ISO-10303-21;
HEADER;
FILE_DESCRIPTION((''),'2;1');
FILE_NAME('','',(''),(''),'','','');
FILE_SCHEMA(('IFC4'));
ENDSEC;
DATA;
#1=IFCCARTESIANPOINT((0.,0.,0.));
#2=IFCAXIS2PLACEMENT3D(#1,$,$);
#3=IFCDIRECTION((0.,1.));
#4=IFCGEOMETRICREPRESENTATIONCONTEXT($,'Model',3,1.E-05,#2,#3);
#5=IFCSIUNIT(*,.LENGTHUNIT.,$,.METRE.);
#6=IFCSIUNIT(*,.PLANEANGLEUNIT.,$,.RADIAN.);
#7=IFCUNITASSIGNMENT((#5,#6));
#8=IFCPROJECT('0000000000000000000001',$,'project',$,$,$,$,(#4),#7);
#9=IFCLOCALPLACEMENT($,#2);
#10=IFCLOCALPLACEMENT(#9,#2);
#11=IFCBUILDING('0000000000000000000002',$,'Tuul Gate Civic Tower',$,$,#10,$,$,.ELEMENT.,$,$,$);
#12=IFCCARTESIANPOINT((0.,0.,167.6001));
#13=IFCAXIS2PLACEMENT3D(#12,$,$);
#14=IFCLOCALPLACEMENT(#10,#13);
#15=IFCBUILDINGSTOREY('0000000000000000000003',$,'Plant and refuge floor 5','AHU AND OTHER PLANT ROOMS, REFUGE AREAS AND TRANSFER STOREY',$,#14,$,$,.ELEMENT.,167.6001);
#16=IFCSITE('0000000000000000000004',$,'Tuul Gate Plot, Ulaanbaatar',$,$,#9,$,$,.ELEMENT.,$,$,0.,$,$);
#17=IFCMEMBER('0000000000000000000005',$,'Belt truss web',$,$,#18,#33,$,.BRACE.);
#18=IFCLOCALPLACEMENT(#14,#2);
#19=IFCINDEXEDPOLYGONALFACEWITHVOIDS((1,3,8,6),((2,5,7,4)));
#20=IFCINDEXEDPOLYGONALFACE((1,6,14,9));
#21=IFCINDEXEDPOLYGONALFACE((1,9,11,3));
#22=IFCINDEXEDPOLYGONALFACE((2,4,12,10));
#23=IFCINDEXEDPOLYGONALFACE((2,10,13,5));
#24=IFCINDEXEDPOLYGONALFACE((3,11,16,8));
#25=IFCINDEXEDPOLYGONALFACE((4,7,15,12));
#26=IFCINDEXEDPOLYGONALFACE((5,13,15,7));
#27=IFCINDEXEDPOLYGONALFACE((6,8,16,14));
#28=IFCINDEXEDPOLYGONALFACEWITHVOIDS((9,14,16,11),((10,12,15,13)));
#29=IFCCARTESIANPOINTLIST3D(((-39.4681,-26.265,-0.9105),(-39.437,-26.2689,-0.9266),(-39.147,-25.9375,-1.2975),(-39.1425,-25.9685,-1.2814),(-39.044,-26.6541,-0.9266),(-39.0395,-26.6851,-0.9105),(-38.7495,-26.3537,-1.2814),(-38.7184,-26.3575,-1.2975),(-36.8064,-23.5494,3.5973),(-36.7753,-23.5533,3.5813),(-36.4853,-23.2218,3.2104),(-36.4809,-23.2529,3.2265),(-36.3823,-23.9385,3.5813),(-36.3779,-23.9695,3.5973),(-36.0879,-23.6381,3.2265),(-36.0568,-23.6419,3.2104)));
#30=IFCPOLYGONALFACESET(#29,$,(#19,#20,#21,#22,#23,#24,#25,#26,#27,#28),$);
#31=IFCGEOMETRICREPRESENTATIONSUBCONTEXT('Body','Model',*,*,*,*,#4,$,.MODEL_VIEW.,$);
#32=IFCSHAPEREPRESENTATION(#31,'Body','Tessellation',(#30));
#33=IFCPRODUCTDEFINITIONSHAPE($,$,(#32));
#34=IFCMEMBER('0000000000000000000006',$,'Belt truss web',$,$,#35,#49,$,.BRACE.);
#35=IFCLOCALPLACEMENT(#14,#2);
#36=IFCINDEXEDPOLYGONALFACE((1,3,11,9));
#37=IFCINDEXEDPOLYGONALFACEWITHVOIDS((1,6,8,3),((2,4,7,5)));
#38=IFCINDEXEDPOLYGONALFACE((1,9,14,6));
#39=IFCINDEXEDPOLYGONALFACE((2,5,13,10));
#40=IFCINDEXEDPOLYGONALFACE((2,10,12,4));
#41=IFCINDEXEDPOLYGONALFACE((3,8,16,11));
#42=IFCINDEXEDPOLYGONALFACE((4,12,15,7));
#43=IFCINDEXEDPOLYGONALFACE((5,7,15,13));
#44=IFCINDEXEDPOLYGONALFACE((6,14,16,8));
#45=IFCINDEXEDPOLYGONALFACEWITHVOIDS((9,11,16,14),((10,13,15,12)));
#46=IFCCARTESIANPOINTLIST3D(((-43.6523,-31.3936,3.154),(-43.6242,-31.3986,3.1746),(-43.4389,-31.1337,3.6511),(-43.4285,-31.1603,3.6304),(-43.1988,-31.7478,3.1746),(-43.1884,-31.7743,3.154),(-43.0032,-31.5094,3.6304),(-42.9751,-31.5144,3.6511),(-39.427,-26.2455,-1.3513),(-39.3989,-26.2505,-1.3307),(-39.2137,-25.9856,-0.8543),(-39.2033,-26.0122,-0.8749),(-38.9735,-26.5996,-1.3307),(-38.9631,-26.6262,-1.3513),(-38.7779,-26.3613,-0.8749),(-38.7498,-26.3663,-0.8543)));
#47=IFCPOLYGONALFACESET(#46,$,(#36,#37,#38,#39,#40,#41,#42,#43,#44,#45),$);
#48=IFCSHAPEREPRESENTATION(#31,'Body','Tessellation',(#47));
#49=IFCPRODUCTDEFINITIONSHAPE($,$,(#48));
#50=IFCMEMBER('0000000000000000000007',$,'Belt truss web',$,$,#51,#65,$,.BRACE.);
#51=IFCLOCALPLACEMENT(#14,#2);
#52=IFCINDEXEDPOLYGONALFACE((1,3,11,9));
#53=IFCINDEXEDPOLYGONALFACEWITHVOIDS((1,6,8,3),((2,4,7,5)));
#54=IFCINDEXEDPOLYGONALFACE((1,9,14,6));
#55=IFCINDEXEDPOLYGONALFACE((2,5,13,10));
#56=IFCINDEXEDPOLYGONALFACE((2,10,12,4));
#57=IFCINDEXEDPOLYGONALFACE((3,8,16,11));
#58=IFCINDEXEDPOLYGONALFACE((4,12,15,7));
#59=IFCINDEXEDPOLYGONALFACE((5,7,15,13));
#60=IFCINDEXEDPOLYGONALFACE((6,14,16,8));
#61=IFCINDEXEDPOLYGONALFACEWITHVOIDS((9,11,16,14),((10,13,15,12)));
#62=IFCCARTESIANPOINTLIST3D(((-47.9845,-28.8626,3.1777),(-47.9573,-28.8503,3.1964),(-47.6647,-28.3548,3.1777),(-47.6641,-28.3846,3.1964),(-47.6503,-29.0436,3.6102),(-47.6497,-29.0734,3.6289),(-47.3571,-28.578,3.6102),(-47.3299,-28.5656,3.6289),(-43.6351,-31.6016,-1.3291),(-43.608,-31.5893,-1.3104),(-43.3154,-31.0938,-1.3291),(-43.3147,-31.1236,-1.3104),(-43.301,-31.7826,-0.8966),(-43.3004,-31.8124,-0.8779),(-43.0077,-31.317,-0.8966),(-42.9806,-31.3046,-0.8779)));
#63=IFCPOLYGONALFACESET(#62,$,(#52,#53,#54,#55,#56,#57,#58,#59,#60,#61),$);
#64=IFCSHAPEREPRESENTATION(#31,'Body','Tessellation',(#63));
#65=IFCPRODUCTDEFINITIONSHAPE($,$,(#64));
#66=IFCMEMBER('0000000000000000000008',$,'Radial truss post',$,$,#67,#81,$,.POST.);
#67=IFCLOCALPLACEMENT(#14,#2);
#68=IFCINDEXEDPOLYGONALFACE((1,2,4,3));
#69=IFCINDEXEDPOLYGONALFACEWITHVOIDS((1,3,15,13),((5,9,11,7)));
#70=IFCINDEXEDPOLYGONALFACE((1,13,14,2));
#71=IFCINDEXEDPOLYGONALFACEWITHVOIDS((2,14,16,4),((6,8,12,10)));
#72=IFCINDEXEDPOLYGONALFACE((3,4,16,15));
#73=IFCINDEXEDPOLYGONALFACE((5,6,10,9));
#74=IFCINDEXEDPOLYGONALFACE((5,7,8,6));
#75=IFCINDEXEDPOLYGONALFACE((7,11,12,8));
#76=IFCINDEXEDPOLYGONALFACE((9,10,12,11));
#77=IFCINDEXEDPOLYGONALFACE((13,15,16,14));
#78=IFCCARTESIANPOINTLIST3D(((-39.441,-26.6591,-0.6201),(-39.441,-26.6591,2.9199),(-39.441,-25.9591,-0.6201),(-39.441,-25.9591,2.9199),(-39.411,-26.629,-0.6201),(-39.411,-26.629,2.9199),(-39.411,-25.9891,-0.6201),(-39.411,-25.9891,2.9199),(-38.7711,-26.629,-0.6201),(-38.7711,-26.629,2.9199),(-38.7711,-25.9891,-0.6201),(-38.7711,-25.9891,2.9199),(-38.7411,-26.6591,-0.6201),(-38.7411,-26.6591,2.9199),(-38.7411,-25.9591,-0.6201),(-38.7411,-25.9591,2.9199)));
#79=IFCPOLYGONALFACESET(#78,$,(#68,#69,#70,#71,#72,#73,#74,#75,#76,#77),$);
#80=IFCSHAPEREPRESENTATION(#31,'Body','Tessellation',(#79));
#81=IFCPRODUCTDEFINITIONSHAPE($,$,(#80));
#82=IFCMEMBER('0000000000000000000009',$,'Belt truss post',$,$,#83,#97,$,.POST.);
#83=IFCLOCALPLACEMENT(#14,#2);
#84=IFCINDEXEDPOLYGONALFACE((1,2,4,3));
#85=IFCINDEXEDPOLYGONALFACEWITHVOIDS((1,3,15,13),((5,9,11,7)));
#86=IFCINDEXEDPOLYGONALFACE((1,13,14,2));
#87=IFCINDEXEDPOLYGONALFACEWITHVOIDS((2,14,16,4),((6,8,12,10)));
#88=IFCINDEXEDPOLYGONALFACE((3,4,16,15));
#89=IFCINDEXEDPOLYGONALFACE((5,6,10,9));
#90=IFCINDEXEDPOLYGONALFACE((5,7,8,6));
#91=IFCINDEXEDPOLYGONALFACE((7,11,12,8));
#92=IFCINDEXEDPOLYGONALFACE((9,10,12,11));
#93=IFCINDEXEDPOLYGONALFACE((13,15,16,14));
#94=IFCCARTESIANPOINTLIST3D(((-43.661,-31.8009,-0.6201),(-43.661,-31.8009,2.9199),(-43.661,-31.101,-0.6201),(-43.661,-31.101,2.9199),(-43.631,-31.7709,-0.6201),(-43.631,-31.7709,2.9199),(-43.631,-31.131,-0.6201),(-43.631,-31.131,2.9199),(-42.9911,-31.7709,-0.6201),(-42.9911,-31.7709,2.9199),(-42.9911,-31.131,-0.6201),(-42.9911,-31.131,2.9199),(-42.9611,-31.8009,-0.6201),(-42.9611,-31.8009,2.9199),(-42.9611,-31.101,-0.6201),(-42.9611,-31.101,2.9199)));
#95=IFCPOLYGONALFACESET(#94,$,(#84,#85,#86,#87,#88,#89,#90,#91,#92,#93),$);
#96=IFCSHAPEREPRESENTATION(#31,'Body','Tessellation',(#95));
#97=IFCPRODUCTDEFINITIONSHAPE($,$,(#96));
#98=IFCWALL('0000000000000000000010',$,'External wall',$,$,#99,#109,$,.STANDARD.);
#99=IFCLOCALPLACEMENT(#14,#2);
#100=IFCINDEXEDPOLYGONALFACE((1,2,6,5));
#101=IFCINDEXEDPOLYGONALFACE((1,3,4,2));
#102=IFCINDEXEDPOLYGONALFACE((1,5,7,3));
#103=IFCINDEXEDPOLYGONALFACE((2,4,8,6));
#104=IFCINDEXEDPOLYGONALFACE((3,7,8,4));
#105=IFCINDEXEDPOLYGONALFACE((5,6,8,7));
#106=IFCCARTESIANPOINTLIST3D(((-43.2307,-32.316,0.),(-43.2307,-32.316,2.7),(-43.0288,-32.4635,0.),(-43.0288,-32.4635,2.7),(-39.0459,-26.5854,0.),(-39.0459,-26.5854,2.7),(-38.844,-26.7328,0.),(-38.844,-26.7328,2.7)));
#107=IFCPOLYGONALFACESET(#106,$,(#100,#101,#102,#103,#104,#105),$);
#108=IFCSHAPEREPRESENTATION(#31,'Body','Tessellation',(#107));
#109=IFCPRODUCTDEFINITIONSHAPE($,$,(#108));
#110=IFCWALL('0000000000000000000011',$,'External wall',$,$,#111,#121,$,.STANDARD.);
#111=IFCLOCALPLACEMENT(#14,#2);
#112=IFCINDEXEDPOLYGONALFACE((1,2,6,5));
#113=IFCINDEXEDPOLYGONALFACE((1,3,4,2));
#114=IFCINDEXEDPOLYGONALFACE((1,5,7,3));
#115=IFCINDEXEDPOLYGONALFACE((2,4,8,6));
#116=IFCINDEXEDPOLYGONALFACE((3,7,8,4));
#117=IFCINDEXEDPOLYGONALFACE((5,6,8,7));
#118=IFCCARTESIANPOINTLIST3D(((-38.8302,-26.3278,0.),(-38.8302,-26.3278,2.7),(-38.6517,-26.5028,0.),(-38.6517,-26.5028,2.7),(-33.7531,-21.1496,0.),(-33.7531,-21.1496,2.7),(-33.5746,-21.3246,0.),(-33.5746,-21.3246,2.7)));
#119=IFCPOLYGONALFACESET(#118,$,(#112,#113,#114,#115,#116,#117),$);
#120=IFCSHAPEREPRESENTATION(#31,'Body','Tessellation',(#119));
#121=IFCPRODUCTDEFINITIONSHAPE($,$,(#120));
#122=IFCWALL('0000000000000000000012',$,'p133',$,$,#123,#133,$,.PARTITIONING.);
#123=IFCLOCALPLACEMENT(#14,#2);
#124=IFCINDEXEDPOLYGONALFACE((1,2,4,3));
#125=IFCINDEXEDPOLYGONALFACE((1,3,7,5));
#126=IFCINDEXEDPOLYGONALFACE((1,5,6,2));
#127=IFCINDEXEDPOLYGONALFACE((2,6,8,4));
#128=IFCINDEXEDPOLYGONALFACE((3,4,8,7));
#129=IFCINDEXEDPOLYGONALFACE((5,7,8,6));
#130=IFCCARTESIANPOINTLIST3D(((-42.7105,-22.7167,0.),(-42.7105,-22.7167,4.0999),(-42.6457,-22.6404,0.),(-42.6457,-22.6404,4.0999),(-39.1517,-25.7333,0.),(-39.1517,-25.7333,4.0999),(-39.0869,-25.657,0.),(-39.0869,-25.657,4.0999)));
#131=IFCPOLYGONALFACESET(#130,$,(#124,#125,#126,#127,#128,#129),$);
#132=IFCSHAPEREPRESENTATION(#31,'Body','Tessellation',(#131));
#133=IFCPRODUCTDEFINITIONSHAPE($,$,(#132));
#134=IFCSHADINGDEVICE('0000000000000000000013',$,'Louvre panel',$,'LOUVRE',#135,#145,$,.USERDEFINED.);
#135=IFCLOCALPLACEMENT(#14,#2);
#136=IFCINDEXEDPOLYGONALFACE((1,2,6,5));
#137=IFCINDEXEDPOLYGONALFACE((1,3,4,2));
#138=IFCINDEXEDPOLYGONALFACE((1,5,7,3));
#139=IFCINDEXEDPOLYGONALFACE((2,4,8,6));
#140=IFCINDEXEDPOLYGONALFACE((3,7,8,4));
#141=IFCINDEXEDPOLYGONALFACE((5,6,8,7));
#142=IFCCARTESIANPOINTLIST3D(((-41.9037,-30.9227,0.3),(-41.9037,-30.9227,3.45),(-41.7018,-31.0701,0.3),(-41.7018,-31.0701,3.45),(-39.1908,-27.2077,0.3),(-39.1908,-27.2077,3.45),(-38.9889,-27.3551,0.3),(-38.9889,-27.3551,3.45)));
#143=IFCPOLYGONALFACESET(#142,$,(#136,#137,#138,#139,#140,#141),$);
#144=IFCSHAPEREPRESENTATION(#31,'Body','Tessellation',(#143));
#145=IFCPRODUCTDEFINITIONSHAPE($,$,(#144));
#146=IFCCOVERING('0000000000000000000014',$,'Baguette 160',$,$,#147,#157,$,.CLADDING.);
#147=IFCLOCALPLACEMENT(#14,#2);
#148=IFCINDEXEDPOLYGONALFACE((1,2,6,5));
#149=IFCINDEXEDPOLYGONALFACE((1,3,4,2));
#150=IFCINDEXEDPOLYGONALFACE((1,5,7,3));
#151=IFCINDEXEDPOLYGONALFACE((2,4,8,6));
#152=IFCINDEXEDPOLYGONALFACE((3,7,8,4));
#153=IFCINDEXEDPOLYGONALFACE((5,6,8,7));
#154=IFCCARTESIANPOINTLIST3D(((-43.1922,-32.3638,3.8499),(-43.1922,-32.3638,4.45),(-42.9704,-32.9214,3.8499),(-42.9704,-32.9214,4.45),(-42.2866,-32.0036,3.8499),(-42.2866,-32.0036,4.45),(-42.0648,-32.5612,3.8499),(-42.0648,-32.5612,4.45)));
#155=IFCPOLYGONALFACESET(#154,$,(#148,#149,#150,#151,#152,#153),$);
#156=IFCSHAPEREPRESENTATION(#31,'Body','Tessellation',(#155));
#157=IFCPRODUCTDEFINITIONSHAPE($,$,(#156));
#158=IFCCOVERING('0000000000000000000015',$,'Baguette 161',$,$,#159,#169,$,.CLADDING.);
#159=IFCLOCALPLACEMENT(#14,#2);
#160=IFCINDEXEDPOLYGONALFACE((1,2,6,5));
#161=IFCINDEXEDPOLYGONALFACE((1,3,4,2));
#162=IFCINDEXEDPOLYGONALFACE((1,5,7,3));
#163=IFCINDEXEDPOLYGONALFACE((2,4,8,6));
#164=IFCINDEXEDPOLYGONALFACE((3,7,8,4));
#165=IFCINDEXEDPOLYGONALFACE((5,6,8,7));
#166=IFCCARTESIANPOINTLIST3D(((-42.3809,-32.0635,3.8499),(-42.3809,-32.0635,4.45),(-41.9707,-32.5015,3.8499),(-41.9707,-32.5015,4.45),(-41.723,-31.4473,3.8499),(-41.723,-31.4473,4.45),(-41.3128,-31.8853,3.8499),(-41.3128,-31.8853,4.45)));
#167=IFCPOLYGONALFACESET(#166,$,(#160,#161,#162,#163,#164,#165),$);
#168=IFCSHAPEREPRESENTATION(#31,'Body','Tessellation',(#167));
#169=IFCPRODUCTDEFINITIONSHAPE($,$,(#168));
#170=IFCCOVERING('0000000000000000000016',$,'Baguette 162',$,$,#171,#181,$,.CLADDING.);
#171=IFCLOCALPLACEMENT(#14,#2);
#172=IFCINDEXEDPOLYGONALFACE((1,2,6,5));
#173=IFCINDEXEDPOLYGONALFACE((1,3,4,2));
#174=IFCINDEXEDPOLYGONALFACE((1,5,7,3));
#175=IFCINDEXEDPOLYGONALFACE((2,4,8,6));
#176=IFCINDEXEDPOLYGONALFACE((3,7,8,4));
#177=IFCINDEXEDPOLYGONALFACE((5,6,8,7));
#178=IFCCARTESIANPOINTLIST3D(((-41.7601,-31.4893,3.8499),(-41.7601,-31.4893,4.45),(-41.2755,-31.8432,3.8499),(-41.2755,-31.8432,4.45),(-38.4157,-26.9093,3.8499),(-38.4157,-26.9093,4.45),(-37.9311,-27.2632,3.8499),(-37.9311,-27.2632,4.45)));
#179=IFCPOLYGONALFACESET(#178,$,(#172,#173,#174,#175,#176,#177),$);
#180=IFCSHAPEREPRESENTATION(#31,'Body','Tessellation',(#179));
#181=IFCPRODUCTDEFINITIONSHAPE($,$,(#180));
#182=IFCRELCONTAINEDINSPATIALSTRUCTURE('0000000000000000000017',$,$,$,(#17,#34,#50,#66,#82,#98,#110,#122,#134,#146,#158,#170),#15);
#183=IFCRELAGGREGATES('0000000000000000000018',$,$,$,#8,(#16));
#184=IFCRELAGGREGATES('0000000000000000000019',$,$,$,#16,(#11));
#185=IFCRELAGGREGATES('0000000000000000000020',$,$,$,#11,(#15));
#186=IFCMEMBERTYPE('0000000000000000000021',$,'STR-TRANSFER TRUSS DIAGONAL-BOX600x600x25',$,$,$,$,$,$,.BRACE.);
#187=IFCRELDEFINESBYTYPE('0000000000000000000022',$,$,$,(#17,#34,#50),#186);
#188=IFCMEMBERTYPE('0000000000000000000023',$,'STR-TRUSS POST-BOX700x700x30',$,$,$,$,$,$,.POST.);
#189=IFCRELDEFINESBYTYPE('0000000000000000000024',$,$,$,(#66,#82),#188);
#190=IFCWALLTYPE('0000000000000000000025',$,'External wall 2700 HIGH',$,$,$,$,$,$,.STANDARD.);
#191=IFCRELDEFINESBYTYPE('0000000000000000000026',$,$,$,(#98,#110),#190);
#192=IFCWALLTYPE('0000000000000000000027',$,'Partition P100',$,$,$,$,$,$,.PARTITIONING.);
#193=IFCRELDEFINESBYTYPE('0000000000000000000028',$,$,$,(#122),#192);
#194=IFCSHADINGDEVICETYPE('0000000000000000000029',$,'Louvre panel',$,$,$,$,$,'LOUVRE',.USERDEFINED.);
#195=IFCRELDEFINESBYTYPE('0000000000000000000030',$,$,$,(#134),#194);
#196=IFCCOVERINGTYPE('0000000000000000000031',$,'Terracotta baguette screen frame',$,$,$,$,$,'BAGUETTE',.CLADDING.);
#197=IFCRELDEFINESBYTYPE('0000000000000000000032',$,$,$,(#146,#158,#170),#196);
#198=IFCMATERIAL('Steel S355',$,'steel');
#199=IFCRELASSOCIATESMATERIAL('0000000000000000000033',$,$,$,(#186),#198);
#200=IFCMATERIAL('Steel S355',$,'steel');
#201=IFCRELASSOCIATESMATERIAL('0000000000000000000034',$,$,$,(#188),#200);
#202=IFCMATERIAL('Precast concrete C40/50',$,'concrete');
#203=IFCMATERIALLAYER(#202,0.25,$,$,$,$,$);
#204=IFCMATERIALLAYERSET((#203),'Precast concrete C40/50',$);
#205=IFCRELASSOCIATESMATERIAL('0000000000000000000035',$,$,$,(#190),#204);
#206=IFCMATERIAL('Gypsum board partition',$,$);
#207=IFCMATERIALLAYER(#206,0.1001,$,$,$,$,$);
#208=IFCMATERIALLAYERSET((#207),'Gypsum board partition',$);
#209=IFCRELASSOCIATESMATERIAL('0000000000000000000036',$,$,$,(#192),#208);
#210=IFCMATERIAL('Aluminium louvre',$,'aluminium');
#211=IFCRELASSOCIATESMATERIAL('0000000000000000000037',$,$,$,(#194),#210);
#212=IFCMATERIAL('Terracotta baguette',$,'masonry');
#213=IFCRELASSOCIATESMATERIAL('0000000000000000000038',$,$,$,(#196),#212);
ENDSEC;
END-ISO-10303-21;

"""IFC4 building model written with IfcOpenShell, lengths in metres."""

from ifc_helpers import new_model, si_unit, direction, frame, frame_2d, origin, origin_2d, place, context, subcontext, project, spatial, rectangle, hollow_rectangle, extrude, material, layer, layer_set, material_profile, profile_set, type_object, element, save


model = new_model("IFC4")

# Units and contexts
model_context = context("Model", 3, precision=1e-05, world=origin(), true_north=direction((0.0, 1.0)))
body_context = subcontext(model_context, "Body", "Model", "MODEL_VIEW")
ifc_project = project(units=[si_unit("LENGTHUNIT", "METRE"), si_unit("PLANEANGLEUNIT", "RADIAN")], contexts=[model_context])

# Site, building, storey
site_placement = place(None, origin())
site = spatial("IfcSite", under=ifc_project, at=site_placement, Name="Tuul Gate Plot, Ulaanbaatar", CompositionType="ELEMENT", RefElevation=0.0)
building_placement = place(site_placement, origin())
building = spatial("IfcBuilding", under=site, at=building_placement, Name="Tuul Gate Civic Tower", CompositionType="ELEMENT")
storey_placement = place(building_placement, frame((0.0, 0.0, 167.6001)))
storey = spatial("IfcBuildingStorey", under=building, at=storey_placement, Name="Plant and refuge floor 5", Description="AHU AND OTHER PLANT ROOMS, REFUGE AREAS AND TRANSFER STOREY", CompositionType="ELEMENT", Elevation=167.6001)

# Members
ifc_material_1 = material(Name="Steel S355", Category="steel")
ifc_material_profile_1 = material_profile(ifc_material_1, hollow_rectangle(XDim=0.6001, YDim=0.6001, WallThickness=0.0249, at=origin_2d()), Name="BOX600x600x25")
ifc_profile_set_1 = profile_set([ifc_material_profile_1], Name="Steel S355")
member_type_1 = type_object("IfcMemberType", Name="STR-TRANSFER TRUSS DIAGONAL-BOX600x600x25", PredefinedType="BRACE", material=ifc_profile_set_1)
member_1_placement = place(storey_placement, frame((-39.0933, -26.3113, -1.104), z_axis=(0.451324, 0.460473, 0.764377), x_axis=(-0.714166, 0.699976, 0.0)))
element("IfcMember", 1, at=member_1_placement, inside=storey, type_object=member_type_1, Name="Belt truss web", PredefinedType="BRACE", context=body_context, shape_type="SweptSolid", body=[
    extrude(hollow_rectangle(XDim=0.6001, YDim=0.6001, WallThickness=0.0249, at=origin_2d()), origin(), (0.0, 0.0, 1.0), 5.8975),
])
member_2_placement = place(storey_placement, frame((-39.0884, -26.3059, -1.1028), z_axis=(-0.525482, -0.640252, 0.560308), x_axis=(0.772986, -0.634423, 0.0)))
element("IfcMember", 2, at=member_2_placement, inside=storey, type_object=member_type_1, Name="Belt truss web", PredefinedType="BRACE", context=body_context, shape_type="SweptSolid", body=[
    extrude(hollow_rectangle(XDim=0.6001, YDim=0.6001, WallThickness=0.0249, at=origin_2d()), origin(), (0.0, 0.0, 1.0), 8.0408),
])
member_3_placement = place(storey_placement, frame((-43.3079, -31.4531, -1.1035), z_axis=(-0.636245, 0.400676, 0.659281), x_axis=(-0.532886, -0.846187, 0.0)))
element("IfcMember", 3, at=member_3_placement, inside=storey, type_object=member_type_1, Name="Belt truss web", PredefinedType="BRACE", context=body_context, shape_type="SweptSolid", body=[
    extrude(hollow_rectangle(XDim=0.6001, YDim=0.6001, WallThickness=0.0249, at=origin_2d()), origin(), (0.0, 0.0, 1.0), 6.8359),
])
ifc_material_2 = material(Name="Steel S355", Category="steel")
ifc_material_profile_2 = material_profile(ifc_material_2, hollow_rectangle(XDim=0.7, YDim=0.7, WallThickness=0.03, at=origin_2d()), Name="BOX700x700x30")
ifc_profile_set_2 = profile_set([ifc_material_profile_2], Name="Steel S355")
member_type_2 = type_object("IfcMemberType", Name="STR-TRUSS POST-BOX700x700x30", PredefinedType="POST", material=ifc_profile_set_2)
for number, where, z_axis, x_axis, name in (
    (4, (-39.0911, -26.3091, -0.6201), (0.0, 0.0, 1.0), (1.0, 0.0, 0.0), "Radial truss post"),
    (5, (-43.311, -31.4509, -0.6201), (0.0, 0.0, 1.0), (1.0, 0.0, 0.0), "Belt truss post"),
):
    element("IfcMember", number, at=place(storey_placement, frame(where, z_axis=z_axis, x_axis=x_axis)), inside=storey, type_object=member_type_2, Name=name, PredefinedType="POST", context=body_context, shape_type="SweptSolid", body=[
        extrude(hollow_rectangle(XDim=0.7, YDim=0.7, WallThickness=0.03, at=origin_2d()), origin(), (0.0, 0.0, 1.0), 3.54),
    ])

# Walls
ifc_material_3 = material(Name="Precast concrete C40/50", Category="concrete")
ifc_layer_1 = layer(ifc_material_3, 0.25)
ifc_layer_set_1 = layer_set([ifc_layer_1], Name="Precast concrete C40/50")
wall_type_1 = type_object("IfcWallType", Name="External wall 2700 HIGH", PredefinedType="STANDARD", material=ifc_layer_set_1)
wall_1_placement = place(storey_placement, frame((-43.1296, -32.3896, 0.0), z_axis=(0.0, 0.0, 1.0), x_axis=(0.58974, 0.807593, 0.0)))
element("IfcWall", 6, at=wall_1_placement, inside=storey, type_object=wall_type_1, Name="External wall", PredefinedType="STANDARD", context=body_context, shape_type="SweptSolid", body=[
    extrude(rectangle(XDim=7.0959, YDim=0.25, at=frame_2d((3.5479, 0.0))), origin(), (0.0, 0.0, 1.0), 2.7),
])
wall_2_placement = place(storey_placement, frame((-38.741, -26.4153, 0.0), z_axis=(0.0, 0.0, 1.0), x_axis=(0.700104, 0.714041, 0.0)))
element("IfcWall", 7, at=wall_2_placement, inside=storey, type_object=wall_type_1, Name="External wall", PredefinedType="STANDARD", context=body_context, shape_type="SweptSolid", body=[
    extrude(rectangle(XDim=7.252, YDim=0.25, at=frame_2d((3.626, 0.0))), origin(), (0.0, 0.0, 1.0), 2.7),
])
ifc_material_4 = material(Name="Gypsum board partition")
ifc_layer_2 = layer(ifc_material_4, 0.1001)
ifc_layer_set_2 = layer_set([ifc_layer_2], Name="Gypsum board partition")
wall_type_2 = type_object("IfcWallType", Name="Partition P100", PredefinedType="PARTITIONING", material=ifc_layer_set_2)
wall_3_placement = place(storey_placement, frame((-39.1194, -25.6951, 0.0), z_axis=(0.0, 0.0, 1.0), x_axis=(-0.762828, 0.646601, 0.0)))
element("IfcWall", 8, at=wall_3_placement, inside=storey, type_object=wall_type_2, Name="p133", PredefinedType="PARTITIONING", context=body_context, shape_type="SweptSolid", body=[
    extrude(rectangle(XDim=4.6653, YDim=0.1001, at=frame_2d((2.3325, 0.0))), origin(), (0.0, 0.0, 1.0), 4.0999),
])

# Shading device
ifc_material_5 = material(Name="Aluminium louvre", Category="aluminium")
shading_device_type = type_object("IfcShadingDeviceType", Name="Louvre panel", ElementType="LOUVRE", PredefinedType="USERDEFINED", material=ifc_material_5)
shading_device_placement = place(storey_placement, frame((-40.4463, -29.1389, 0.3), z_axis=(0.0, 0.0, 1.0), x_axis=(0.807595, -0.589737, 0.0)))
element("IfcShadingDevice", 9, at=shading_device_placement, inside=storey, type_object=shading_device_type, Name="Louvre panel", ObjectType="LOUVRE", PredefinedType="USERDEFINED", context=body_context, shape_type="SweptSolid", body=[
    extrude(rectangle(XDim=0.25, YDim=4.6001, at=origin_2d()), origin(), (0.0, 0.0, 1.0), 3.1499),
])

# Coverings
ifc_material_6 = material(Name="Terracotta baguette", Category="masonry")
ifc_material_profile_3 = material_profile(ifc_material_6, rectangle(XDim=0.6001, YDim=0.6001, at=origin_2d()), Name="Terracotta baguette screen frame")
ifc_profile_set_3 = profile_set([ifc_material_profile_3], Name="Terracotta baguette")
covering_type = type_object("IfcCoveringType", Name="Terracotta baguette screen frame", ElementType="BAGUETTE", PredefinedType="CLADDING", material=ifc_profile_set_3)
covering_1_placement = place(storey_placement, frame((-43.0813, -32.6426, 4.1499), z_axis=(0.929218, 0.369533, 0.0), x_axis=(-0.369533, 0.929218, 0.0)))
element("IfcCovering", 10, at=covering_1_placement, inside=storey, type_object=covering_type, Name="Baguette 160", PredefinedType="CLADDING", context=body_context, shape_type="SweptSolid", body=[
    extrude(rectangle(XDim=0.6001, YDim=0.6001, at=origin_2d()), origin(), (0.0, 0.0, 1.0), 0.9746),
])
covering_2_placement = place(storey_placement, frame((-42.1758, -32.2825, 4.1499), z_axis=(0.729883, 0.683572, 0.0), x_axis=(-0.683572, 0.729883, 0.0)))
element("IfcCovering", 11, at=covering_2_placement, inside=storey, type_object=covering_type, Name="Baguette 161", PredefinedType="CLADDING", context=body_context, shape_type="SweptSolid", body=[
    extrude(rectangle(XDim=0.6001, YDim=0.6001, at=origin_2d()), origin(), (0.0, 0.0, 1.0), 0.9014),
])
covering_3_placement = place(storey_placement, frame((-41.5178, -31.6663, 4.1499), z_axis=(0.589729, 0.807601, 0.0), x_axis=(-0.807601, 0.589729, 0.0)))
element("IfcCovering", 12, at=covering_3_placement, inside=storey, type_object=covering_type, Name="Baguette 162", PredefinedType="CLADDING", context=body_context, shape_type="SweptSolid", body=[
    extrude(rectangle(XDim=0.6001, YDim=0.6001, at=origin_2d()), origin(), (0.0, 0.0, 1.0), 5.6711),
])

save(model, "model.ifc")
